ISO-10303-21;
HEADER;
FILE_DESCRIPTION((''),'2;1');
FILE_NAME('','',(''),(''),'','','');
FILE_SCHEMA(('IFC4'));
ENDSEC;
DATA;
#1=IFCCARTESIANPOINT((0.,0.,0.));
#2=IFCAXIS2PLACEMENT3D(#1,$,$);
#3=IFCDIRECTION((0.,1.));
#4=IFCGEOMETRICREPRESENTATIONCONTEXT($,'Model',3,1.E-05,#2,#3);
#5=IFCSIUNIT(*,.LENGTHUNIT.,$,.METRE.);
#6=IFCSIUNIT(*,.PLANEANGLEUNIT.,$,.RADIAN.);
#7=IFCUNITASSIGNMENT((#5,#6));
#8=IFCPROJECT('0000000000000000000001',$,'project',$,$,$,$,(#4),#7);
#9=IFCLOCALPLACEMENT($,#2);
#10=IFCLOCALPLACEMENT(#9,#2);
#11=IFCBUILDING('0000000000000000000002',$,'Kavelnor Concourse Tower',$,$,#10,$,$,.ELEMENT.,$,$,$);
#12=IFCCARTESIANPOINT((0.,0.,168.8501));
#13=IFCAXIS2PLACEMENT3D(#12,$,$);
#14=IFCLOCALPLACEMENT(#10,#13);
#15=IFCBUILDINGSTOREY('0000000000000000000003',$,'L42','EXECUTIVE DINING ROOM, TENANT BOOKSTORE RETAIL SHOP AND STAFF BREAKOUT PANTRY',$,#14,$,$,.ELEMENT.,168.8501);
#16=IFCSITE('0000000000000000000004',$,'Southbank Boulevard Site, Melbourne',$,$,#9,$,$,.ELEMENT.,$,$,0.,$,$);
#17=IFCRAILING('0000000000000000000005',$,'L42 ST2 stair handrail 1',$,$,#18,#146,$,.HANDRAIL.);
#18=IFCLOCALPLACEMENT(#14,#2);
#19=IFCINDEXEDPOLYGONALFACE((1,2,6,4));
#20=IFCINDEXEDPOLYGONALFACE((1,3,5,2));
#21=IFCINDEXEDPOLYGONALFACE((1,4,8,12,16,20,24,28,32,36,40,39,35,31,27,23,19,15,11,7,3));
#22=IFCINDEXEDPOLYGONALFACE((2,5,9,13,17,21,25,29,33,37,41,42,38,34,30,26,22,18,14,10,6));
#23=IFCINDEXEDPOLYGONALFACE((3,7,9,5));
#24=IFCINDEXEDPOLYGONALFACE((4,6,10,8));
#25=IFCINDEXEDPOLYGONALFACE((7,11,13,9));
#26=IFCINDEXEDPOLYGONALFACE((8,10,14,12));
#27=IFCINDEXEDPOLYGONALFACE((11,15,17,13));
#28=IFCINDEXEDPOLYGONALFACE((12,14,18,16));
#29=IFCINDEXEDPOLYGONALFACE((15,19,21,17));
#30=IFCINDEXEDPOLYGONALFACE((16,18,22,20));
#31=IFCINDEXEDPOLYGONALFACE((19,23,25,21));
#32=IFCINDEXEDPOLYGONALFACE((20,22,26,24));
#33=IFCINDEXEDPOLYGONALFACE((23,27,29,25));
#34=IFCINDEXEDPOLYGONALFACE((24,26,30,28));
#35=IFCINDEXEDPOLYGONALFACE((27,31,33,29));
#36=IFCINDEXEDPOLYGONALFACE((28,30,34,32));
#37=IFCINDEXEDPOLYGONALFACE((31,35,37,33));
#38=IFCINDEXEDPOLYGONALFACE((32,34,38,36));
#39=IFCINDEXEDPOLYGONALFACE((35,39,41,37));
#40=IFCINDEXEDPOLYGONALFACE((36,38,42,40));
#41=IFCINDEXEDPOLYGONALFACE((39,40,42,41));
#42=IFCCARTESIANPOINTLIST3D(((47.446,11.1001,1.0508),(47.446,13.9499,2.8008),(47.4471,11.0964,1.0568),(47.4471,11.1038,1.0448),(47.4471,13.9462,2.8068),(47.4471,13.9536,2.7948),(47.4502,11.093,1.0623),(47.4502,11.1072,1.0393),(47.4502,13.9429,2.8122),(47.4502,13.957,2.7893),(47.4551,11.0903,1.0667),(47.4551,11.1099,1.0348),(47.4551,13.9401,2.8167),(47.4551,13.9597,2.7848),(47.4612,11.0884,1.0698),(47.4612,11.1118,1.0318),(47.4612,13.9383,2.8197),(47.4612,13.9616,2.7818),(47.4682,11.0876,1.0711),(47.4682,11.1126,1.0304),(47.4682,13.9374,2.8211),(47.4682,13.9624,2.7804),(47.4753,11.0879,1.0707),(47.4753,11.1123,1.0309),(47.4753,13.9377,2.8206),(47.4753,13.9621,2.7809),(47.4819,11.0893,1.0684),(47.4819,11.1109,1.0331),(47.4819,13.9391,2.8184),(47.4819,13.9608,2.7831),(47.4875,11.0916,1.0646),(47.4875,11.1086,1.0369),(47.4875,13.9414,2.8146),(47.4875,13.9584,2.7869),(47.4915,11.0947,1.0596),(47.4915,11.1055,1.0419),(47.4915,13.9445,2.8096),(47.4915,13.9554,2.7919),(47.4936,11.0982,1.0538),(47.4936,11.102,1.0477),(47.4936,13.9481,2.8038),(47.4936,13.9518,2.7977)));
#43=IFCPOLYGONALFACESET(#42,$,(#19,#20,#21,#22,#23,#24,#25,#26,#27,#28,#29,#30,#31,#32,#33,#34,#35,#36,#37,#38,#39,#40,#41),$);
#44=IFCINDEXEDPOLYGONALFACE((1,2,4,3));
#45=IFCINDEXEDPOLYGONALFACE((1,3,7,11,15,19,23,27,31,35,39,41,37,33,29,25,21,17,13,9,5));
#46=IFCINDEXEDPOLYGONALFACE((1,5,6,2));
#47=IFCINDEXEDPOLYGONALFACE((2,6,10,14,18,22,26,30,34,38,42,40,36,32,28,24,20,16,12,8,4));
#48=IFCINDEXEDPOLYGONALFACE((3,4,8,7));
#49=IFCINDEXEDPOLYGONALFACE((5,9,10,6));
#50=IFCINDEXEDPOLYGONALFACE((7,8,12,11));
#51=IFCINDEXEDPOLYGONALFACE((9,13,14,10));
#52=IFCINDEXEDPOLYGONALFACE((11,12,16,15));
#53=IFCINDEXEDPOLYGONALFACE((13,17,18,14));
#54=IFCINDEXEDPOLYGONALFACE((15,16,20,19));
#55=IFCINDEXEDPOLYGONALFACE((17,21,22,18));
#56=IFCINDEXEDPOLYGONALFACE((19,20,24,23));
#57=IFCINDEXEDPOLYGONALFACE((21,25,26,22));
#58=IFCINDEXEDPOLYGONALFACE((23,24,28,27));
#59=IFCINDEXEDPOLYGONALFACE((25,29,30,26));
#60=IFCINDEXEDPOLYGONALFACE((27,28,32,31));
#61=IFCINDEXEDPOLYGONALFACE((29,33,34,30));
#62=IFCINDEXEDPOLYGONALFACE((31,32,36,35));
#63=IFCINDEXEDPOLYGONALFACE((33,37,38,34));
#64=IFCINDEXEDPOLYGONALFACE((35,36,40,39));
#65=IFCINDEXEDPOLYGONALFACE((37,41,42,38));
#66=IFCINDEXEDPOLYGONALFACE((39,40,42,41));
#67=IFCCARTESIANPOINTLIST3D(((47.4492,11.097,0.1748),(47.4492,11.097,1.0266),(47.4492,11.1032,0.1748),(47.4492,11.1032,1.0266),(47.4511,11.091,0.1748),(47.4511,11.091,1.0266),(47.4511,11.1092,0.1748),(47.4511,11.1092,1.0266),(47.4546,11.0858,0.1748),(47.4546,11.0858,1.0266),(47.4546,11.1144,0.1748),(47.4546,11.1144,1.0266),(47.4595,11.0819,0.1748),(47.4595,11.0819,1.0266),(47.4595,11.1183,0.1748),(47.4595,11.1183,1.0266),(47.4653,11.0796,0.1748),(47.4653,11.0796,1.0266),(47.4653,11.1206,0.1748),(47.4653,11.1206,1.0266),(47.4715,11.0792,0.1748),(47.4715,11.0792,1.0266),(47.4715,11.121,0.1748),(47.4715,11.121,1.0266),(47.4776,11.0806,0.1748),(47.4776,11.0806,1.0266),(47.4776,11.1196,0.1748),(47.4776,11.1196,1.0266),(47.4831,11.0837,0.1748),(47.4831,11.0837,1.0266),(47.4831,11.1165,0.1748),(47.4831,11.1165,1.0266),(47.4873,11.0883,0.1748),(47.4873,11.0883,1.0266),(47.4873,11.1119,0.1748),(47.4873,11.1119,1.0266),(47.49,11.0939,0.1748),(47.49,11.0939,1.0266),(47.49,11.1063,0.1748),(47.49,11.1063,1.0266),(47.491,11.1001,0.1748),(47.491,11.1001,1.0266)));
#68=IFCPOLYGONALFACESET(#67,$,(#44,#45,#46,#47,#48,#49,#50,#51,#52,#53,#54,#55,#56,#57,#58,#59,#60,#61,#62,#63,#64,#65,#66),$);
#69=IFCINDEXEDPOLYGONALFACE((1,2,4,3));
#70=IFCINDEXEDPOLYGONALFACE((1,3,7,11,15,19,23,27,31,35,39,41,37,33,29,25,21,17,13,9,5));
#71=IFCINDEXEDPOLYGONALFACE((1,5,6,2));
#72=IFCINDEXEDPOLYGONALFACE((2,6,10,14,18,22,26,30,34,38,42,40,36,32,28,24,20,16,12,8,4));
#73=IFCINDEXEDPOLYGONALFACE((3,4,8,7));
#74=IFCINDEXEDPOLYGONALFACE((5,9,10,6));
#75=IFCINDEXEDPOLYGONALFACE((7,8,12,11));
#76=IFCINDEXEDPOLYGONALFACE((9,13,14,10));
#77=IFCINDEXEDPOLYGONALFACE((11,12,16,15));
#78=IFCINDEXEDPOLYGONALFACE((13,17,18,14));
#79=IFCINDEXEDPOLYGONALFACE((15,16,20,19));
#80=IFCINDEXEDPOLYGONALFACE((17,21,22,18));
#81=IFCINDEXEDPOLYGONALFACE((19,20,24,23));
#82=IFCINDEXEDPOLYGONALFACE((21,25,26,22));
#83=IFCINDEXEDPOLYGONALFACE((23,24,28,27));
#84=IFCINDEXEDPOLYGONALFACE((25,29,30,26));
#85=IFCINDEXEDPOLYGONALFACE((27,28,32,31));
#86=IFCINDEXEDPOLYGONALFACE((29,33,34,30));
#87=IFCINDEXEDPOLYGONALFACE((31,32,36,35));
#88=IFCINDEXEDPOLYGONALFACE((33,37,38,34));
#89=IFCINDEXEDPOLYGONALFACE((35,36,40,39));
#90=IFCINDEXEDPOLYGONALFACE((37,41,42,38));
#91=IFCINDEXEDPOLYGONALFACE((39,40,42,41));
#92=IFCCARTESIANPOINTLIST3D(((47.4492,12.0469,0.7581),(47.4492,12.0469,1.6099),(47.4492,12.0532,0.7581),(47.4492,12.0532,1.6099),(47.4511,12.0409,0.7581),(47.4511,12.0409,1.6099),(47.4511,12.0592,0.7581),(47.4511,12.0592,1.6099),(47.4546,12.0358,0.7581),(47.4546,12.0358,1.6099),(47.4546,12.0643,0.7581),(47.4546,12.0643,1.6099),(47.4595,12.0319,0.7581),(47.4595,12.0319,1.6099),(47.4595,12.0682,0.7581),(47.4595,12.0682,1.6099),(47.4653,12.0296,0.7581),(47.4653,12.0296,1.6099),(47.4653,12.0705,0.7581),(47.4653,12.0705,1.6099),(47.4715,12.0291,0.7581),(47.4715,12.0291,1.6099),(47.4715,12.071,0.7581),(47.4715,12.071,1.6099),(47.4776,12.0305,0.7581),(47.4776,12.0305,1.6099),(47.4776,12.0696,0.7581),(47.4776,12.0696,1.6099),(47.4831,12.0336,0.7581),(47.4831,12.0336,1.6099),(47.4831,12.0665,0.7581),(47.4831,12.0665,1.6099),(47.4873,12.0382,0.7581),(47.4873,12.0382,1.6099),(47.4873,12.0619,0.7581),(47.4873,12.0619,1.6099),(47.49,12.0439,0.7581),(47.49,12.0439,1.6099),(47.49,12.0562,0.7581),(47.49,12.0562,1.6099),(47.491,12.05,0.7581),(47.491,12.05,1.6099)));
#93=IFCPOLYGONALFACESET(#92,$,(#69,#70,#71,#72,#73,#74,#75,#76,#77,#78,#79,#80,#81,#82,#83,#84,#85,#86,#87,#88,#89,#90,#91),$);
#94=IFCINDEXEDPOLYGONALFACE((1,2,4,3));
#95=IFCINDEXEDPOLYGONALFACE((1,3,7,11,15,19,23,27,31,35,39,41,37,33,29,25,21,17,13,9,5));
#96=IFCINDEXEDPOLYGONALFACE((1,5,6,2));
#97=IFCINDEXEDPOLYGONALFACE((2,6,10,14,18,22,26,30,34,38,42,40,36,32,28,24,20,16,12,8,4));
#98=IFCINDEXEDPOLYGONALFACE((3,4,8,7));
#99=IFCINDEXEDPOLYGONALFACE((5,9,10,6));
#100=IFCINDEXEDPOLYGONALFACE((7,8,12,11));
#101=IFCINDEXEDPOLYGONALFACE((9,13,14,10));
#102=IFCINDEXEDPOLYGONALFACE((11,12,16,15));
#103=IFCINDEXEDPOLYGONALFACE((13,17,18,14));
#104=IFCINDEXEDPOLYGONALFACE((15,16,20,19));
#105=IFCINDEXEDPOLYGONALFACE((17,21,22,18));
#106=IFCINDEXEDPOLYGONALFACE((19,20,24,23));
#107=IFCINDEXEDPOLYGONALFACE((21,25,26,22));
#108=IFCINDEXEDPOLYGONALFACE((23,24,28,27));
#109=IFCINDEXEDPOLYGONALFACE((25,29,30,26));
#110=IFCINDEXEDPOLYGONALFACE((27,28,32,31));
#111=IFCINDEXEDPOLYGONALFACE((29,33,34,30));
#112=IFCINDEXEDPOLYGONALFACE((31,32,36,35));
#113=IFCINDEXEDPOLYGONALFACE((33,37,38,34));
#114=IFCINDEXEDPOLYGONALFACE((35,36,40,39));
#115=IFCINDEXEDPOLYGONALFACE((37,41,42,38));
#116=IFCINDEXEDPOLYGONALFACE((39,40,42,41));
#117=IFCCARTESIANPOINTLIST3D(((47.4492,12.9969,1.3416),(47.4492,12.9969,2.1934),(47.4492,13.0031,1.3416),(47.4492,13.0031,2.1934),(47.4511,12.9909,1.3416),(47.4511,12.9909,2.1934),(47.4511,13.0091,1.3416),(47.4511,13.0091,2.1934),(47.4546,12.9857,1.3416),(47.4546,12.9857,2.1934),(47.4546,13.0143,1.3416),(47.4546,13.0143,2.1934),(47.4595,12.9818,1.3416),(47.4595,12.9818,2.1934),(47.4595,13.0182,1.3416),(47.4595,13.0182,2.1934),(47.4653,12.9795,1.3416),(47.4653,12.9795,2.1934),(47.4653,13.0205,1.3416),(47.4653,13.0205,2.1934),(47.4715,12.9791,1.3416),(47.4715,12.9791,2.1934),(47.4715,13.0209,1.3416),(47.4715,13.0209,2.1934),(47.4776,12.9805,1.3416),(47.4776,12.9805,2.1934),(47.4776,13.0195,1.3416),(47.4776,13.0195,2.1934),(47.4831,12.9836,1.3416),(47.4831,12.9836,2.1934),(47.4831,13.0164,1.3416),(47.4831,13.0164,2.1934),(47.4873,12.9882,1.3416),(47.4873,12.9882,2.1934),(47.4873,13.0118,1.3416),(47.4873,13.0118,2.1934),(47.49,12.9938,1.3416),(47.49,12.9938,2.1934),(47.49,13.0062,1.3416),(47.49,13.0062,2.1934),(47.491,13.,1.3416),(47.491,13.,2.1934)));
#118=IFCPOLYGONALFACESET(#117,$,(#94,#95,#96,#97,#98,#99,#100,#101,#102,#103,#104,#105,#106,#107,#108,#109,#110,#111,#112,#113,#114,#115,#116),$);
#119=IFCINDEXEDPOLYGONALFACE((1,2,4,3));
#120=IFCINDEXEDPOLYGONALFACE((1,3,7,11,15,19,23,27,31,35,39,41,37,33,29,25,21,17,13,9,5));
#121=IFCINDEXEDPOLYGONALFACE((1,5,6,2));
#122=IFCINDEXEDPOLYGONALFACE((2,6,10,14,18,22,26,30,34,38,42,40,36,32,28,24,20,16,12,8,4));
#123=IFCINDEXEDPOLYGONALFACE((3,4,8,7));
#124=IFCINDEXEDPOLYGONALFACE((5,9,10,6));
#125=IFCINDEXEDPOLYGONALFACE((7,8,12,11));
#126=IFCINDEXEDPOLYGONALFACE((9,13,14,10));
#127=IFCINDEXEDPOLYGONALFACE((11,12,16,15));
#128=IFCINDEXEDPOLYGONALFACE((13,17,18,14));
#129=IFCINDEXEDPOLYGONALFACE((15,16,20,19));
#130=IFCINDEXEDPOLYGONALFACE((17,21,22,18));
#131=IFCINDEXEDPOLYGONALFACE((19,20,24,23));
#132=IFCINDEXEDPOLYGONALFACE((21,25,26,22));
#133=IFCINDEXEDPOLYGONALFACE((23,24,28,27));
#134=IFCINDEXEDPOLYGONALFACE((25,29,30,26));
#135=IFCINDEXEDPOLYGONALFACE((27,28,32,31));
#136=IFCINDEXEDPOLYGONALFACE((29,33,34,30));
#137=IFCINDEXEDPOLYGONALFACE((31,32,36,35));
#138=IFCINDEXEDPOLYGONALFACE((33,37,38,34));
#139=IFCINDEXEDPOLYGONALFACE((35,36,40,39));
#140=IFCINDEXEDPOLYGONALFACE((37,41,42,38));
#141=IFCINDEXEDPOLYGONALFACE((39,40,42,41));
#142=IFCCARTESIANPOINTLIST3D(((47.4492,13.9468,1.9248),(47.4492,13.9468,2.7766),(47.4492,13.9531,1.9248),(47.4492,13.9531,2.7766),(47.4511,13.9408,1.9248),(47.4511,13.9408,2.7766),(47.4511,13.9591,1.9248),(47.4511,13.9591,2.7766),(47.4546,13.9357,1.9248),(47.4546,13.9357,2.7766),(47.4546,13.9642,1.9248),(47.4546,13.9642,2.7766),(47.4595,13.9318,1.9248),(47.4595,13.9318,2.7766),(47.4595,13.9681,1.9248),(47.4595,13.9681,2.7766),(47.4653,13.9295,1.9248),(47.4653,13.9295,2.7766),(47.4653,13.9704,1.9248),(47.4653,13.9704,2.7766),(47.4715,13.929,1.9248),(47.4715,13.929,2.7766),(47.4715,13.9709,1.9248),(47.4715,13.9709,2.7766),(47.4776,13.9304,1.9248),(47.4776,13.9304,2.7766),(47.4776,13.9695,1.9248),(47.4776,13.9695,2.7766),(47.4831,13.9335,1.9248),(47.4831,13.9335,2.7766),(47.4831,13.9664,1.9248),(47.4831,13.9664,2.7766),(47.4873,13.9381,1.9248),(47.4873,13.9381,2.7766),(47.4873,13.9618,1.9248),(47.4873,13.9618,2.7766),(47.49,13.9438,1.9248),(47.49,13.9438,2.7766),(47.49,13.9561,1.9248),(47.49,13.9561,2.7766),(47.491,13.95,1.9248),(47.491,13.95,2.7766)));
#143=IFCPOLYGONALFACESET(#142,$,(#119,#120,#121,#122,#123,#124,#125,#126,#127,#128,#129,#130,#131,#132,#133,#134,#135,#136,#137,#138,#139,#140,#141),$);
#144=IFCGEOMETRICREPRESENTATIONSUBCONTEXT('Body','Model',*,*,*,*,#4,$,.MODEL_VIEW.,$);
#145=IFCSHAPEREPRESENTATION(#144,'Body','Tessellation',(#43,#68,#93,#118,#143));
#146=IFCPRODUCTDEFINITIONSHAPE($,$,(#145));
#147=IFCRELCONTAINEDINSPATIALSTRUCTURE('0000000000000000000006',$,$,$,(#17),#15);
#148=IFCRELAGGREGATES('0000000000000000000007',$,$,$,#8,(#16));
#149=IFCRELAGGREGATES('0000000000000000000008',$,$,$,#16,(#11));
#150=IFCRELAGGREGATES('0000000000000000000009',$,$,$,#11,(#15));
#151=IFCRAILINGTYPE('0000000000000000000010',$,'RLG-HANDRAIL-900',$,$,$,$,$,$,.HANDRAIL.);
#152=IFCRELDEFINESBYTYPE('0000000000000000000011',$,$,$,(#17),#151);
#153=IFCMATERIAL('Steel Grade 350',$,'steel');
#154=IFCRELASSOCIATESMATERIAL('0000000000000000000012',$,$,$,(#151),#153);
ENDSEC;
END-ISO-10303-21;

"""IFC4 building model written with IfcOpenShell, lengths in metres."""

from ifc_helpers import new_model, si_unit, direction, frame, origin, origin_2d, place, context, subcontext, project, spatial, circle, extrude, material, type_object, element, save


model = new_model("IFC4")

# Units and contexts
model_context = context("Model", 3, precision=1e-05, world=origin(), true_north=direction((0.0, 1.0)))
body_context = subcontext(model_context, "Body", "Model", "MODEL_VIEW")
ifc_project = project(units=[si_unit("LENGTHUNIT", "METRE"), si_unit("PLANEANGLEUNIT", "RADIAN")], contexts=[model_context])

# Site, building, storey
site_placement = place(None, origin())
site = spatial("IfcSite", under=ifc_project, at=site_placement, Name="Southbank Boulevard Site, Melbourne", CompositionType="ELEMENT", RefElevation=0.0)
building_placement = place(site_placement, origin())
building = spatial("IfcBuilding", under=site, at=building_placement, Name="Kavelnor Concourse Tower", CompositionType="ELEMENT")
storey_placement = place(building_placement, frame((0.0, 0.0, 168.8501)))
storey = spatial("IfcBuildingStorey", under=building, at=storey_placement, Name="L42", Description="EXECUTIVE DINING ROOM, TENANT BOOKSTORE RETAIL SHOP AND STAFF BREAKOUT PANTRY", CompositionType="ELEMENT", Elevation=168.8501)

# Shared definitions
ifc_material_1 = material(Name="Steel Grade 350", Category="steel")

# Railing
railing_type_1 = type_object("IfcRailingType", Name="RLG-HANDRAIL-900", PredefinedType="HANDRAIL", material=ifc_material_1)
railing_1_placement = place(storey_placement, frame((47.47, 11.1001, 0.1748)))
element("IfcRailing", 1, at=railing_1_placement, inside=storey, type_object=railing_type_1, Name="L42 ST2 stair handrail 1", PredefinedType="HANDRAIL", context=body_context, shape_type="SweptSolid", body=[
    extrude(circle(Radius=0.0239, at=origin_2d()), frame((0.0, 0.0, 0.876), z_axis=(0.0, 0.852159, 0.523283), x_axis=(-1.0, 0.0, 0.0)), (0.0, 0.0, 1.0), 3.3442),
    extrude(circle(Radius=0.021, at=origin_2d()), origin(), (0.0, 0.0, 1.0), 0.8518),
    extrude(circle(Radius=0.021, at=origin_2d()), frame((0.0, 0.95, 0.5833)), (0.0, 0.0, 1.0), 0.8518),
    extrude(circle(Radius=0.021, at=origin_2d()), frame((0.0, 1.8999, 1.1667)), (0.0, 0.0, 1.0), 0.8518),
    extrude(circle(Radius=0.021, at=origin_2d()), frame((0.0, 2.8499, 1.75)), (0.0, 0.0, 1.0), 0.8518),
])

save(model, "model.ifc")
